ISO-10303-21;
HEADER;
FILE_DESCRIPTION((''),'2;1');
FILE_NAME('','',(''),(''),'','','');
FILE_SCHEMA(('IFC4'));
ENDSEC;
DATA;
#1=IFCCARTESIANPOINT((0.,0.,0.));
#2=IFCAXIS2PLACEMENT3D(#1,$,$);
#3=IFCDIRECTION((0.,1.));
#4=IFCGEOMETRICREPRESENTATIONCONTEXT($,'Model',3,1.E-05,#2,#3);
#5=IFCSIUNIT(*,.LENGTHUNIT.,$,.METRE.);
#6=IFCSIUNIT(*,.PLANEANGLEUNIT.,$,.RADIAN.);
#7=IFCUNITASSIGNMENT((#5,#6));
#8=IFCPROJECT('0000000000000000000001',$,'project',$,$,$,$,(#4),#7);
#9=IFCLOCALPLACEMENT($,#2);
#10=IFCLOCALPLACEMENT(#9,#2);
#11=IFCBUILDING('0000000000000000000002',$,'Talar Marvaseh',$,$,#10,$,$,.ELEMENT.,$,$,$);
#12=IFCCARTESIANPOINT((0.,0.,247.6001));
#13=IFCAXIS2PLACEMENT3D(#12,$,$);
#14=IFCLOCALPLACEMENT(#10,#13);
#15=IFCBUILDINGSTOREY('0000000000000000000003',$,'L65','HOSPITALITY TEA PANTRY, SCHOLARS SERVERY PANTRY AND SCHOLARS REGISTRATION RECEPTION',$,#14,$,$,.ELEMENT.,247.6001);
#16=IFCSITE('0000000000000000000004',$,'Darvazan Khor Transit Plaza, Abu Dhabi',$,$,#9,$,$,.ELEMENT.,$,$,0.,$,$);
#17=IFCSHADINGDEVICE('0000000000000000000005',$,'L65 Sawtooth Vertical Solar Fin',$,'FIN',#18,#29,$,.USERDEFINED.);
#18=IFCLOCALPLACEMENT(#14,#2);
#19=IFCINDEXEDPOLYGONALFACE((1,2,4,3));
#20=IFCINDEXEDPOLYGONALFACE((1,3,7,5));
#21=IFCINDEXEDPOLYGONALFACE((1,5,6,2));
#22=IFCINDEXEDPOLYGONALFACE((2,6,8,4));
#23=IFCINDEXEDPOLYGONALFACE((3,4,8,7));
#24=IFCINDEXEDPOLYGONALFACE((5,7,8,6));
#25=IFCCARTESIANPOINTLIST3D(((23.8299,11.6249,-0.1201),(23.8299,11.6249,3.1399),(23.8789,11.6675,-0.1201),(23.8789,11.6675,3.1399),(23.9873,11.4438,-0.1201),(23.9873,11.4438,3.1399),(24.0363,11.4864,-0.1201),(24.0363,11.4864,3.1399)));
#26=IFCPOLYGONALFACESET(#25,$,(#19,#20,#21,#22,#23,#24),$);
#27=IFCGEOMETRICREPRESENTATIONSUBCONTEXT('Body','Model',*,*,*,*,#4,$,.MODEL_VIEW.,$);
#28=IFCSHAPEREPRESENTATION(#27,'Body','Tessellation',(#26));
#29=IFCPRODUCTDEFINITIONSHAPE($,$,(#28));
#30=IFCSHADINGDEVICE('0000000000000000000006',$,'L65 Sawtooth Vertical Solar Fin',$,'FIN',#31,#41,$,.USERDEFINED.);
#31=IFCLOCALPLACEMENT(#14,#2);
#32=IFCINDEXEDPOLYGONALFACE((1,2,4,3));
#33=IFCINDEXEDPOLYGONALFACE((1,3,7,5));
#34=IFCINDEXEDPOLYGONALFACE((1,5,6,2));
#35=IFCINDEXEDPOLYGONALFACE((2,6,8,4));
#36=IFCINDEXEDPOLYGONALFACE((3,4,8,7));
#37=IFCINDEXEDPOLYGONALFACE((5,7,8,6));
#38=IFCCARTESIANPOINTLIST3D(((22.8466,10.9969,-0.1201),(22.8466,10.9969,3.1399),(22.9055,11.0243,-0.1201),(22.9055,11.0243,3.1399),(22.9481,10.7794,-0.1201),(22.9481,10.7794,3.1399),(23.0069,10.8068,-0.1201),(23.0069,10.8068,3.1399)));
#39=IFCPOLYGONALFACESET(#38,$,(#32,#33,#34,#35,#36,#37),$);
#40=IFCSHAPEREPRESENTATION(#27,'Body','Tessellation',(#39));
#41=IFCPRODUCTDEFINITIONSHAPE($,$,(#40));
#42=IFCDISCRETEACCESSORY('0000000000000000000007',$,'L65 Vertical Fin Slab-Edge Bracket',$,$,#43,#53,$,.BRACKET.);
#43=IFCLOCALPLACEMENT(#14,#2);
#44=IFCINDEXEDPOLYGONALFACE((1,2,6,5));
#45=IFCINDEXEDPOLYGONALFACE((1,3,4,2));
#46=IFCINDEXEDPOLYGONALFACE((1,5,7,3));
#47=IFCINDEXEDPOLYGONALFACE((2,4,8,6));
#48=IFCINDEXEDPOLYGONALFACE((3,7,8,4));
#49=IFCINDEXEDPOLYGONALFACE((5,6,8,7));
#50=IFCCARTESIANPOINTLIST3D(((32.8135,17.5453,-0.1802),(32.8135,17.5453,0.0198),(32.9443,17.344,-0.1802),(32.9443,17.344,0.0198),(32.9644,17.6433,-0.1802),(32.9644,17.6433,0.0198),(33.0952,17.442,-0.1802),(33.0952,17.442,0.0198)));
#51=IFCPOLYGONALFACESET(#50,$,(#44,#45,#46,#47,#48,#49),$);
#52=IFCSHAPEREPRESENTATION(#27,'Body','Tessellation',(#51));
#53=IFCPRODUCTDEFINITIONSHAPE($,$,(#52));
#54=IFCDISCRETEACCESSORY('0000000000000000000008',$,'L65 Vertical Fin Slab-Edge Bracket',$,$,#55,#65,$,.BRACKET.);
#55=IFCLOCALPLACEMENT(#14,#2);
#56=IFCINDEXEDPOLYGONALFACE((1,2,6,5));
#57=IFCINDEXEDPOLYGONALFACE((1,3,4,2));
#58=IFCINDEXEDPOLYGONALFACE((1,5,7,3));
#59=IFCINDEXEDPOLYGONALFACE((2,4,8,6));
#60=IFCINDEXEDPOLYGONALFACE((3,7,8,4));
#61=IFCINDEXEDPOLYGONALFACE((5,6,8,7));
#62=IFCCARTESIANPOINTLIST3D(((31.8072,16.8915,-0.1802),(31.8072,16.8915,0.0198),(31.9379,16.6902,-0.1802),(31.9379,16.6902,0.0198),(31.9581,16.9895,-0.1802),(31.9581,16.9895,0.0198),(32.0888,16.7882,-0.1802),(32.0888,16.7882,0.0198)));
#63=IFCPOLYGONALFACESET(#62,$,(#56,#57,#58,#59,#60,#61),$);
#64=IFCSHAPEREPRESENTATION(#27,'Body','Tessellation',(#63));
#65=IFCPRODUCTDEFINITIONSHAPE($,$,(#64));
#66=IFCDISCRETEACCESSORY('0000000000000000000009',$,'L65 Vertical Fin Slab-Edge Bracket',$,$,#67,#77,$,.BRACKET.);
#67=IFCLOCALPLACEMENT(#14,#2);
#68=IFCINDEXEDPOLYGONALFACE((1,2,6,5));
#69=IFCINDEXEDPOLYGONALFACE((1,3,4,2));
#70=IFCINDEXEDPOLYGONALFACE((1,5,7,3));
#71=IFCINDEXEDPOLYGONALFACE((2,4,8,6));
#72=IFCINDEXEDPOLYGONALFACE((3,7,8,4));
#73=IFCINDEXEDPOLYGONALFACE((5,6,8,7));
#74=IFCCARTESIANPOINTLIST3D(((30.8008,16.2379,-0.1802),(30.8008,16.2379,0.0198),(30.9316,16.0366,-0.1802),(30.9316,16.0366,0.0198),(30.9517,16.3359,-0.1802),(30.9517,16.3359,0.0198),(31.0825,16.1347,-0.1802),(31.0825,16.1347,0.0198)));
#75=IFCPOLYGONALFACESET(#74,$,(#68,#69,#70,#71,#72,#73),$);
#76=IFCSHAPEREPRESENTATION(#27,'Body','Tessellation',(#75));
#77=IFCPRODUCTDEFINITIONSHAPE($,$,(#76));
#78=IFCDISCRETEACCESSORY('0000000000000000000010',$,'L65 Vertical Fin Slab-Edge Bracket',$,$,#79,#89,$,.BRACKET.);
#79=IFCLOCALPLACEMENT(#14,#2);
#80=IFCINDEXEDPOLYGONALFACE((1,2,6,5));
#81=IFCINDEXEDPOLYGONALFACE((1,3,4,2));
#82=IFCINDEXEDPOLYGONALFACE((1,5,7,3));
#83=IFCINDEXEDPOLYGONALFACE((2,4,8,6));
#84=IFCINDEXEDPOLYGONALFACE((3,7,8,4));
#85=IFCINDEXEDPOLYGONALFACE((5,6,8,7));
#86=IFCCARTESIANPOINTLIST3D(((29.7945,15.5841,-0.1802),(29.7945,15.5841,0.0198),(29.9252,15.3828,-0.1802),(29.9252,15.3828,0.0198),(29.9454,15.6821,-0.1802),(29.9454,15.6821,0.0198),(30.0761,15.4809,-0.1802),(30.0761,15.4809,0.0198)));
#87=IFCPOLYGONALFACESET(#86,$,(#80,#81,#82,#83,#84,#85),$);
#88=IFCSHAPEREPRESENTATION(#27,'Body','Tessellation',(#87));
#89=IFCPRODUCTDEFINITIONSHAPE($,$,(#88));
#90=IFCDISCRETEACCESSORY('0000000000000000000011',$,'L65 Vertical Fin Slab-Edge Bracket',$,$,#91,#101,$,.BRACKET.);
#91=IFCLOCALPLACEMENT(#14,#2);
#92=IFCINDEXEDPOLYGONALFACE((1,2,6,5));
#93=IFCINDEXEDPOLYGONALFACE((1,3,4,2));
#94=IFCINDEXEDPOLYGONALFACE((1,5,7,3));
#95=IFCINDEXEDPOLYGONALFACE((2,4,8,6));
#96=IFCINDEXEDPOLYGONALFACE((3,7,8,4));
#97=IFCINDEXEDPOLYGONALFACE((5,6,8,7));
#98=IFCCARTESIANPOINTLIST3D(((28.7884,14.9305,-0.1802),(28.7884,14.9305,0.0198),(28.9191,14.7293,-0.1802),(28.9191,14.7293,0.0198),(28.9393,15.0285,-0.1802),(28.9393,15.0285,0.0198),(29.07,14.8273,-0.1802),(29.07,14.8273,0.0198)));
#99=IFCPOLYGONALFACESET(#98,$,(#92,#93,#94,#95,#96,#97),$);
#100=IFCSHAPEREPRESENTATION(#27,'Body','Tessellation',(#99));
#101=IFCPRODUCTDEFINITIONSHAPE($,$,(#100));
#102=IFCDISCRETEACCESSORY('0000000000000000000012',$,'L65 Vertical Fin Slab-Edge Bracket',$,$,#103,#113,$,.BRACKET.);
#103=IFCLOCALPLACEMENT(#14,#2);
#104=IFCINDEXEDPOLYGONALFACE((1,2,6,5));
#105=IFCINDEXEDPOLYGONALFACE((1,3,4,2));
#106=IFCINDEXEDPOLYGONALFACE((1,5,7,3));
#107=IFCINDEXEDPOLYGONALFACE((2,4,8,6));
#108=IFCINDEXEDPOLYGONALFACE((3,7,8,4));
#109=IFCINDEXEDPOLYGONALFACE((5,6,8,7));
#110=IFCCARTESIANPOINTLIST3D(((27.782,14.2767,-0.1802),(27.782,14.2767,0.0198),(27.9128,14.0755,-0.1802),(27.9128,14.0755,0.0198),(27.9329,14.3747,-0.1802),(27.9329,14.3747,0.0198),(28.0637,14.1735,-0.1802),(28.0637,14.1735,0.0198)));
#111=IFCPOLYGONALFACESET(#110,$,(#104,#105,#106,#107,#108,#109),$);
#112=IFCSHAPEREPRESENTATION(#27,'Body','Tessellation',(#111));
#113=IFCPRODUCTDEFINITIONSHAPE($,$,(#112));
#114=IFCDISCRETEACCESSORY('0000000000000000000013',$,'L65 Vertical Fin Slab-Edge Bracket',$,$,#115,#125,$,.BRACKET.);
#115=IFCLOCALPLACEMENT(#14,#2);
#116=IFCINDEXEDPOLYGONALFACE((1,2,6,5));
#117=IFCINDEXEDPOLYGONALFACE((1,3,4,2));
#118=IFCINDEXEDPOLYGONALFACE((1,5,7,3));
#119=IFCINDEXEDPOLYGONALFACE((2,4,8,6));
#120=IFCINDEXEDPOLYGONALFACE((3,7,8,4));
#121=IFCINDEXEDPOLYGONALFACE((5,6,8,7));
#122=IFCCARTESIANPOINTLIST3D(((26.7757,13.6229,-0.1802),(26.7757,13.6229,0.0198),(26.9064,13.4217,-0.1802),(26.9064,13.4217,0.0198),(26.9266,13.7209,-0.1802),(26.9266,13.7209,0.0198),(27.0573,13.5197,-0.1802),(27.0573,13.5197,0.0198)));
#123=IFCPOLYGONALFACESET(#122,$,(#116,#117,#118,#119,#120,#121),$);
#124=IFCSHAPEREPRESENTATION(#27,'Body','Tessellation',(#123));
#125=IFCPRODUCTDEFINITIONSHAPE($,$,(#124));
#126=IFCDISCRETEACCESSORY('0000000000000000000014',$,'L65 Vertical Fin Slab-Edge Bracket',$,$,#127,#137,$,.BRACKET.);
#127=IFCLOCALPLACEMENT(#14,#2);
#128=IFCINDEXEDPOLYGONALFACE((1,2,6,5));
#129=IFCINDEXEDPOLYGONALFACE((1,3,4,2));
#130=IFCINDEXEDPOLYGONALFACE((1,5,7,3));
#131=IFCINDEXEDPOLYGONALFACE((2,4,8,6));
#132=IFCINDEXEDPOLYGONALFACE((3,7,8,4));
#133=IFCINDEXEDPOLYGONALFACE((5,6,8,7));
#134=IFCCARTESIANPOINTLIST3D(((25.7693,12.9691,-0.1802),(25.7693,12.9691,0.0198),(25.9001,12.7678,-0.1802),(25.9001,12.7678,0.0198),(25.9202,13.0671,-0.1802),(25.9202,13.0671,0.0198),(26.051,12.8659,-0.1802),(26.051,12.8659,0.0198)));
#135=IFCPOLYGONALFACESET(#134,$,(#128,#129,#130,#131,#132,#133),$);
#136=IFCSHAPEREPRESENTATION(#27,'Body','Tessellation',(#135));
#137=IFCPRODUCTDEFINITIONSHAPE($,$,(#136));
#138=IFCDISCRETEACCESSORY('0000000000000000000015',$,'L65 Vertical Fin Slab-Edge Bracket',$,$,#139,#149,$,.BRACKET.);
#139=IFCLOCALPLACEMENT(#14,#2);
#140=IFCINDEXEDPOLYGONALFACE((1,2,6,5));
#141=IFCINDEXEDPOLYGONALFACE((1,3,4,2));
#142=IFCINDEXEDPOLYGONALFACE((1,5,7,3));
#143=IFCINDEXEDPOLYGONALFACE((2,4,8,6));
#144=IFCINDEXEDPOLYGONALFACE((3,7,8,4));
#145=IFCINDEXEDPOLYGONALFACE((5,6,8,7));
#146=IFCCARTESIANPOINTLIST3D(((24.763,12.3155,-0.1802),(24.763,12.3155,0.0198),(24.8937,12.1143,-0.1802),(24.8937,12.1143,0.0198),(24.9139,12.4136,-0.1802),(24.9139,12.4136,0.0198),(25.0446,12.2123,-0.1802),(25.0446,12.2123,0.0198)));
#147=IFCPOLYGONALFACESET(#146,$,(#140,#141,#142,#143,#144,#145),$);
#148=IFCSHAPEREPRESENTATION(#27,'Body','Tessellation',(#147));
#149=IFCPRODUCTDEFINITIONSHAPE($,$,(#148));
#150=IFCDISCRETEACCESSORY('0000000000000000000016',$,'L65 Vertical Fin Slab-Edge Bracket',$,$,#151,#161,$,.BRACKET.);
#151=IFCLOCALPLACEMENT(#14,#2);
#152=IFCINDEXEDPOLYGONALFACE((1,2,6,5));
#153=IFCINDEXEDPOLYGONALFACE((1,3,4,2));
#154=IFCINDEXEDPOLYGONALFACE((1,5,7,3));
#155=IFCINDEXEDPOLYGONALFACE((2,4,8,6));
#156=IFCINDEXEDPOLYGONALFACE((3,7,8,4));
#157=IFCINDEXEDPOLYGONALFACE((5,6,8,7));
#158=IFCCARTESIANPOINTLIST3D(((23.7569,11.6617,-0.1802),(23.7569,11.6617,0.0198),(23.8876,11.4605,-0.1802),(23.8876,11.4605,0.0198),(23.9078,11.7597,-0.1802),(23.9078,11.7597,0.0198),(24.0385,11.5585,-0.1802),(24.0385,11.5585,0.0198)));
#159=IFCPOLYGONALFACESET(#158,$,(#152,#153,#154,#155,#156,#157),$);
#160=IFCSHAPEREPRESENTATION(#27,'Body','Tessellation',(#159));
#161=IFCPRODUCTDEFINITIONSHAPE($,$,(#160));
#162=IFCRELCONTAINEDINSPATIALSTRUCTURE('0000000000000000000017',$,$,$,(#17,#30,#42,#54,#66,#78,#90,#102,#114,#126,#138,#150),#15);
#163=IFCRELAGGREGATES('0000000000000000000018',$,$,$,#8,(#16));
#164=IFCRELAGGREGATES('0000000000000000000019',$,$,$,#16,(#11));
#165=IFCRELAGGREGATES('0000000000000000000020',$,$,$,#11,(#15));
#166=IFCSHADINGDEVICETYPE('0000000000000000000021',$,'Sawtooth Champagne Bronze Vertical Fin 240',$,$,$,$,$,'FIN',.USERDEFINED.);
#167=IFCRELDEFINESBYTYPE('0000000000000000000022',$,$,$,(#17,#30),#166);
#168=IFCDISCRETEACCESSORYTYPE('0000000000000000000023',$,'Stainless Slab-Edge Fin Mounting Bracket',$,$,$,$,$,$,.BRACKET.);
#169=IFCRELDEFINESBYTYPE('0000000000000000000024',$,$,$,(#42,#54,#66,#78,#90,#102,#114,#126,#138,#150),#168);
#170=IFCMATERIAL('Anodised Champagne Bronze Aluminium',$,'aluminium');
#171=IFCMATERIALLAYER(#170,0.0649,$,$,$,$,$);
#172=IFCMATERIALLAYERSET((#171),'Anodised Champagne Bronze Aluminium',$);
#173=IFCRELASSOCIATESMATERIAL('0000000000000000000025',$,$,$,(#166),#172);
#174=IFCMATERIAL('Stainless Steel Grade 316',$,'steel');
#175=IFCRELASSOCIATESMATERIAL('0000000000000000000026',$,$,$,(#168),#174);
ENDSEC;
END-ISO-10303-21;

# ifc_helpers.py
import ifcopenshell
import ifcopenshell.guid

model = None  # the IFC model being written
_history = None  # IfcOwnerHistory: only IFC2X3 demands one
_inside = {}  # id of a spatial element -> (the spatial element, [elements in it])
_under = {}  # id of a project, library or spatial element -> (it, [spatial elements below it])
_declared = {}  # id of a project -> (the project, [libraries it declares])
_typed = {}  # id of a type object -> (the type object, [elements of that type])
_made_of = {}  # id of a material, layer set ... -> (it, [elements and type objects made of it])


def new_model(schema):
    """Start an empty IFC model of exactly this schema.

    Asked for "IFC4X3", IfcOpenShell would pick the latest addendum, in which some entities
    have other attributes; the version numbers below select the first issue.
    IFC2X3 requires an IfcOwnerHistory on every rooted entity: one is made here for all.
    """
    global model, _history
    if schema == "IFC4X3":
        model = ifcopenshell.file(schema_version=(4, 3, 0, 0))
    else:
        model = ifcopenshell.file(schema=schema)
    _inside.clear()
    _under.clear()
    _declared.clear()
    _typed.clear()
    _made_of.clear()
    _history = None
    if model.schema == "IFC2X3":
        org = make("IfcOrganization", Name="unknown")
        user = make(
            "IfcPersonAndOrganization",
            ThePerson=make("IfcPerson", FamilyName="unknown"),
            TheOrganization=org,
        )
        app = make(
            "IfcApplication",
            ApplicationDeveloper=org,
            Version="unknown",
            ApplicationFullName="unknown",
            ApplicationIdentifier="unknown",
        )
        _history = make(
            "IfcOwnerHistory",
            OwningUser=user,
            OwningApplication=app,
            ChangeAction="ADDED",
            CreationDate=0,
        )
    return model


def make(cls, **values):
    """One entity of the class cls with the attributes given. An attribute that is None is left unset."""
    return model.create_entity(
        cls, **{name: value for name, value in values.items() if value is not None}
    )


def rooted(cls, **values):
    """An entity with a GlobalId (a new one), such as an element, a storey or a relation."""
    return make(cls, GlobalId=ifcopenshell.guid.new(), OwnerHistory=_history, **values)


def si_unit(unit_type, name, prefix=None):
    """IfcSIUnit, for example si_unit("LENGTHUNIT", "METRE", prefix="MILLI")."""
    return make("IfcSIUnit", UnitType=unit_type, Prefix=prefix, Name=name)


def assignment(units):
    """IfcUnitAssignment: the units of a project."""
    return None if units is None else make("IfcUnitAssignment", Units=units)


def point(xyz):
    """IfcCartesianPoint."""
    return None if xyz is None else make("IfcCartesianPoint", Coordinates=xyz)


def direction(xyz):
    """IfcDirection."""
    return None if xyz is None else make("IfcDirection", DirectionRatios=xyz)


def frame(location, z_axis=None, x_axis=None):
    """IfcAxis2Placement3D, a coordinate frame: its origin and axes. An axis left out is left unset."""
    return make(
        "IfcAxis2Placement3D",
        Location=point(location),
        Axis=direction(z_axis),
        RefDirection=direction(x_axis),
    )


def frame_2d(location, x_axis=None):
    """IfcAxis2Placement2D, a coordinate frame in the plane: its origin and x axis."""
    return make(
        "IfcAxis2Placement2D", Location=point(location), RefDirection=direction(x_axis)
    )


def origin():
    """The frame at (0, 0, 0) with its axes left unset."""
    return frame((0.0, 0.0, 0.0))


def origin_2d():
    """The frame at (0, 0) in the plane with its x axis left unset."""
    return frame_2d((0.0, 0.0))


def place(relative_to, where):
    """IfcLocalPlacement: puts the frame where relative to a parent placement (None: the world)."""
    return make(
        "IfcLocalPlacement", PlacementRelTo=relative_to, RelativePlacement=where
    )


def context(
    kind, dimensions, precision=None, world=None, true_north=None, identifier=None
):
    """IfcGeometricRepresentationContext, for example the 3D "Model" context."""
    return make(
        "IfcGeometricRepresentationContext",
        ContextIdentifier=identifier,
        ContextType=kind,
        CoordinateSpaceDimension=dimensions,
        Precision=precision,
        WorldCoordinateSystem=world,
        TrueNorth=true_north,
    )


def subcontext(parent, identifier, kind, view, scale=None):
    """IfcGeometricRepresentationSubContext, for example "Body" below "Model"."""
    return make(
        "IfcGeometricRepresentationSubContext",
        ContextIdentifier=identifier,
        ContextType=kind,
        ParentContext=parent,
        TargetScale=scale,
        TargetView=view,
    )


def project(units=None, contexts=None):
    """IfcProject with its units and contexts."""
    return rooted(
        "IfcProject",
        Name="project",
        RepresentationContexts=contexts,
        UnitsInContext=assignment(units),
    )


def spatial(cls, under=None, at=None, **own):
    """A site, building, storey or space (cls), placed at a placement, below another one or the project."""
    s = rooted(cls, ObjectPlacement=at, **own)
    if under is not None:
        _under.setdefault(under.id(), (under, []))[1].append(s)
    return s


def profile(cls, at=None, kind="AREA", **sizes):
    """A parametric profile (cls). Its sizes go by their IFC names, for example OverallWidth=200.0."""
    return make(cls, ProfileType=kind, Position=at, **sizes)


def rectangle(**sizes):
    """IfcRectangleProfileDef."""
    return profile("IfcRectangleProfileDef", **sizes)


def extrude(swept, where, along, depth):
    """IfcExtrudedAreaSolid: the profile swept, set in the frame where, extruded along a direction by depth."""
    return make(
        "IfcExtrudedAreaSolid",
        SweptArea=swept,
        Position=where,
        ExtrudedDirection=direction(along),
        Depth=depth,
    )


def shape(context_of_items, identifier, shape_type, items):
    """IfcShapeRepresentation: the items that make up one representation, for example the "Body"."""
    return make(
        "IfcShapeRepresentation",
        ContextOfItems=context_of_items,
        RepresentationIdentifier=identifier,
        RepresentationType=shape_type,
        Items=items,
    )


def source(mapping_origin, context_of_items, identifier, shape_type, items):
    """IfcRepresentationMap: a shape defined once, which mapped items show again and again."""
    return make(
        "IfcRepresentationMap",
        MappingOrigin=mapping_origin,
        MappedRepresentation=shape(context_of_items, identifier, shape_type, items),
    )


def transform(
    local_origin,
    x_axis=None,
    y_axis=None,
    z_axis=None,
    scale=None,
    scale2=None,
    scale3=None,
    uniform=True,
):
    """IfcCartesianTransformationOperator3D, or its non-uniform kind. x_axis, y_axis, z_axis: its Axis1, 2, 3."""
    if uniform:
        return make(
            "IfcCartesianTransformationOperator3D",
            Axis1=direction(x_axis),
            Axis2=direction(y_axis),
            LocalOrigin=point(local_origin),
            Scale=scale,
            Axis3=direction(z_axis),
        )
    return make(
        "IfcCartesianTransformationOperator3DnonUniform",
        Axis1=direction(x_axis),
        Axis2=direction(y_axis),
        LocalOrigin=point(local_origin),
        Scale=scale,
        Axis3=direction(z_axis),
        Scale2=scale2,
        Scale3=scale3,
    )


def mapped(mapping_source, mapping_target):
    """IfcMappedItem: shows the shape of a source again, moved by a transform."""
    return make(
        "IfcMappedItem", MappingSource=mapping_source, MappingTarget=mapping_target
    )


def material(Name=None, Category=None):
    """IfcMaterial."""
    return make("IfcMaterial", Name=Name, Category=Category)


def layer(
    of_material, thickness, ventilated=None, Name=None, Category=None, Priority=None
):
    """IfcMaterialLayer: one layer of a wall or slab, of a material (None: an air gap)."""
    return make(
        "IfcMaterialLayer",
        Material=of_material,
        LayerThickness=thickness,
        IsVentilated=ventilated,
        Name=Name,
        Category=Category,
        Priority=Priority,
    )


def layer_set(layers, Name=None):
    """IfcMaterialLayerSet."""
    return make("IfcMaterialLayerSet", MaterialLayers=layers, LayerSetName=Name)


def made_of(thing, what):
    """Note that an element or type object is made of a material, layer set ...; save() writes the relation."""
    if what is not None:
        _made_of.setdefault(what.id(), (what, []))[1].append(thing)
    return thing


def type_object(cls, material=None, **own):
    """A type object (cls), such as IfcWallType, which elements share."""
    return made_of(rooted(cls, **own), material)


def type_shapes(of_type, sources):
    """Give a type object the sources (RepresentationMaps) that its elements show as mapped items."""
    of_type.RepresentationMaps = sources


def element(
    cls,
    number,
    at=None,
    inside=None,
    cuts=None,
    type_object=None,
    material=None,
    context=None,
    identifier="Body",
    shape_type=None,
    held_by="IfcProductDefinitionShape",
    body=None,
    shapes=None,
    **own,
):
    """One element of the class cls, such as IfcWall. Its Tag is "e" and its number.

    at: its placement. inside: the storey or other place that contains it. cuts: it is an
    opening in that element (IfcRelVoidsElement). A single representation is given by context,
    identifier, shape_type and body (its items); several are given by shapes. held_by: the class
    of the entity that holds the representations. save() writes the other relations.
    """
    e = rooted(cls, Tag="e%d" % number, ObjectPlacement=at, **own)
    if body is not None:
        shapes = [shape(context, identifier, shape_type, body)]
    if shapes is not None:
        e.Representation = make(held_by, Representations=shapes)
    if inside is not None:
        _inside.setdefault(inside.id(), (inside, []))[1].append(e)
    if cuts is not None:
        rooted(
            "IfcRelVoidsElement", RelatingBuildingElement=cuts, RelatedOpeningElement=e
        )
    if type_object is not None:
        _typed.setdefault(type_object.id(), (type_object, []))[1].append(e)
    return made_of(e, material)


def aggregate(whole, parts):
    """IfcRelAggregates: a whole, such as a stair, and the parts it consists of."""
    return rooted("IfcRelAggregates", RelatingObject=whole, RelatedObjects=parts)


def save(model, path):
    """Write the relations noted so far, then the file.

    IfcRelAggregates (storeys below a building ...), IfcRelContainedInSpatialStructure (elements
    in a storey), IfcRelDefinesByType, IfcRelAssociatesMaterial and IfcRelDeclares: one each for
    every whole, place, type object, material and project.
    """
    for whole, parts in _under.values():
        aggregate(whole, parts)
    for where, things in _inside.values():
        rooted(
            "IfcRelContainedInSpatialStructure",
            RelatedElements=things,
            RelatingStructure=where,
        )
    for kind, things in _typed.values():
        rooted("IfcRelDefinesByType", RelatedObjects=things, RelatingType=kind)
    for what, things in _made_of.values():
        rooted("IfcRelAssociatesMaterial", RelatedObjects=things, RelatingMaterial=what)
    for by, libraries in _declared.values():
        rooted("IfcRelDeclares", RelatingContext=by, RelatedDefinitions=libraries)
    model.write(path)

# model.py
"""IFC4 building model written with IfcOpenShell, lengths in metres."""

from ifc_helpers import new_model, si_unit, direction, frame, origin, origin_2d, place, context, subcontext, project, spatial, rectangle, extrude, source, transform, mapped, material, layer, layer_set, type_object, type_shapes, element, save


model = new_model("IFC4")

# Units and contexts
model_context = context("Model", 3, precision=1e-05, world=origin(), true_north=direction((0.0, 1.0)))
body_context = subcontext(model_context, "Body", "Model", "MODEL_VIEW")
ifc_project = project(units=[si_unit("LENGTHUNIT", "METRE"), si_unit("PLANEANGLEUNIT", "RADIAN")], contexts=[model_context])

# Site, building, storey
site_placement = place(None, origin())
site = spatial("IfcSite", under=ifc_project, at=site_placement, Name="Darvazan Khor Transit Plaza, Abu Dhabi", CompositionType="ELEMENT", RefElevation=0.0)
building_placement = place(site_placement, origin())
building = spatial("IfcBuilding", under=site, at=building_placement, Name="Talar Marvaseh", CompositionType="ELEMENT")
storey_placement = place(building_placement, frame((0.0, 0.0, 247.6001)))
storey = spatial("IfcBuildingStorey", under=building, at=storey_placement, Name="L65", Description="HOSPITALITY TEA PANTRY, SCHOLARS SERVERY PANTRY AND SCHOLARS REGISTRATION RECEPTION", CompositionType="ELEMENT", Elevation=247.6001)

# Shading devices
ifc_material_1 = material(Name="Anodised Champagne Bronze Aluminium", Category="aluminium")
ifc_layer_1 = layer(ifc_material_1, 0.0649)
ifc_layer_set_1 = layer_set([ifc_layer_1], Name="Anodised Champagne Bronze Aluminium")
shading_device_type = type_object("IfcShadingDeviceType", Name="Sawtooth Champagne Bronze Vertical Fin 240", ElementType="FIN", PredefinedType="USERDEFINED", material=ifc_layer_set_1)
shared_shape_1 = source(origin(), body_context, "Body", "SweptSolid", [
    extrude(rectangle(XDim=0.24, YDim=0.0649, at=origin_2d()), origin(), (0.0, 0.0, 1.0), 3.26),
])
type_shapes(shading_device_type, [shared_shape_1])
for number, where, z_axis, x_axis, name in (
    (1, (23.9331, 11.5557, -0.1201), (0.0, 0.0, 1.0), (0.656191, -0.754595, 0.0), "L65 Sawtooth Vertical Solar Fin"),
    (2, (22.9268, 10.9019, -0.1201), (0.0, 0.0, 1.0), (0.422776, -0.906234, 0.0), "L65 Sawtooth Vertical Solar Fin"),
):
    element("IfcShadingDevice", number, at=place(storey_placement, frame(where, z_axis=z_axis, x_axis=x_axis)), inside=storey, type_object=shading_device_type, Name=name, ObjectType="FIN", PredefinedType="USERDEFINED", context=body_context, shape_type="MappedRepresentation", body=[
        mapped(shared_shape_1, transform((0.0, 0.0, 0.0), x_axis=(1.0, 0.0, 0.0), y_axis=(0.0, 1.0, 0.0), z_axis=(0.0, 0.0, 1.0), scale=1.0)),
    ])

# Discrete accessories
ifc_material_2 = material(Name="Stainless Steel Grade 316", Category="steel")
discrete_accessory_type = type_object("IfcDiscreteAccessoryType", Name="Stainless Slab-Edge Fin Mounting Bracket", PredefinedType="BRACKET", material=ifc_material_2)
shared_shape_2 = source(origin(), body_context, "Body", "SweptSolid", [
    extrude(rectangle(XDim=0.24, YDim=0.1799, at=origin_2d()), origin(), (0.0, 0.0, 1.0), 0.2),
])
type_shapes(discrete_accessory_type, [shared_shape_2])
for number, where, z_axis, x_axis, name in (
    (3, (32.9543, 17.4937, -0.1802), (0.0, 0.0, 1.0), (0.544785, -0.838575, 0.0), "L65 Vertical Fin Slab-Edge Bracket"),
    (4, (31.948, 16.8398, -0.1802), (0.0, 0.0, 1.0), (0.544785, -0.838575, 0.0), "L65 Vertical Fin Slab-Edge Bracket"),
    (5, (30.9417, 16.1863, -0.1802), (0.0, 0.0, 1.0), (0.544785, -0.838575, 0.0), "L65 Vertical Fin Slab-Edge Bracket"),
    (6, (29.9353, 15.5325, -0.1802), (0.0, 0.0, 1.0), (0.544785, -0.838575, 0.0), "L65 Vertical Fin Slab-Edge Bracket"),
    (7, (28.9292, 14.8789, -0.1802), (0.0, 0.0, 1.0), (0.544785, -0.838575, 0.0), "L65 Vertical Fin Slab-Edge Bracket"),
    (8, (27.9229, 14.2251, -0.1802), (0.0, 0.0, 1.0), (0.544785, -0.838575, 0.0), "L65 Vertical Fin Slab-Edge Bracket"),
    (9, (26.9165, 13.5713, -0.1802), (0.0, 0.0, 1.0), (0.544785, -0.838575, 0.0), "L65 Vertical Fin Slab-Edge Bracket"),
    (10, (25.9102, 12.9175, -0.1802), (0.0, 0.0, 1.0), (0.544785, -0.838575, 0.0), "L65 Vertical Fin Slab-Edge Bracket"),
    (11, (24.9038, 12.2639, -0.1802), (0.0, 0.0, 1.0), (0.544785, -0.838575, 0.0), "L65 Vertical Fin Slab-Edge Bracket"),
    (12, (23.8977, 11.6101, -0.1802), (0.0, 0.0, 1.0), (0.544785, -0.838575, 0.0), "L65 Vertical Fin Slab-Edge Bracket"),
):
    element("IfcDiscreteAccessory", number, at=place(storey_placement, frame(where, z_axis=z_axis, x_axis=x_axis)), inside=storey, type_object=discrete_accessory_type, Name=name, PredefinedType="BRACKET", context=body_context, shape_type="MappedRepresentation", body=[
        mapped(shared_shape_2, transform((0.0, 0.0, 0.0), x_axis=(1.0, 0.0, 0.0), y_axis=(0.0, 1.0, 0.0), z_axis=(0.0, 0.0, 1.0), scale=1.0)),
    ])

save(model, "model.ifc")
